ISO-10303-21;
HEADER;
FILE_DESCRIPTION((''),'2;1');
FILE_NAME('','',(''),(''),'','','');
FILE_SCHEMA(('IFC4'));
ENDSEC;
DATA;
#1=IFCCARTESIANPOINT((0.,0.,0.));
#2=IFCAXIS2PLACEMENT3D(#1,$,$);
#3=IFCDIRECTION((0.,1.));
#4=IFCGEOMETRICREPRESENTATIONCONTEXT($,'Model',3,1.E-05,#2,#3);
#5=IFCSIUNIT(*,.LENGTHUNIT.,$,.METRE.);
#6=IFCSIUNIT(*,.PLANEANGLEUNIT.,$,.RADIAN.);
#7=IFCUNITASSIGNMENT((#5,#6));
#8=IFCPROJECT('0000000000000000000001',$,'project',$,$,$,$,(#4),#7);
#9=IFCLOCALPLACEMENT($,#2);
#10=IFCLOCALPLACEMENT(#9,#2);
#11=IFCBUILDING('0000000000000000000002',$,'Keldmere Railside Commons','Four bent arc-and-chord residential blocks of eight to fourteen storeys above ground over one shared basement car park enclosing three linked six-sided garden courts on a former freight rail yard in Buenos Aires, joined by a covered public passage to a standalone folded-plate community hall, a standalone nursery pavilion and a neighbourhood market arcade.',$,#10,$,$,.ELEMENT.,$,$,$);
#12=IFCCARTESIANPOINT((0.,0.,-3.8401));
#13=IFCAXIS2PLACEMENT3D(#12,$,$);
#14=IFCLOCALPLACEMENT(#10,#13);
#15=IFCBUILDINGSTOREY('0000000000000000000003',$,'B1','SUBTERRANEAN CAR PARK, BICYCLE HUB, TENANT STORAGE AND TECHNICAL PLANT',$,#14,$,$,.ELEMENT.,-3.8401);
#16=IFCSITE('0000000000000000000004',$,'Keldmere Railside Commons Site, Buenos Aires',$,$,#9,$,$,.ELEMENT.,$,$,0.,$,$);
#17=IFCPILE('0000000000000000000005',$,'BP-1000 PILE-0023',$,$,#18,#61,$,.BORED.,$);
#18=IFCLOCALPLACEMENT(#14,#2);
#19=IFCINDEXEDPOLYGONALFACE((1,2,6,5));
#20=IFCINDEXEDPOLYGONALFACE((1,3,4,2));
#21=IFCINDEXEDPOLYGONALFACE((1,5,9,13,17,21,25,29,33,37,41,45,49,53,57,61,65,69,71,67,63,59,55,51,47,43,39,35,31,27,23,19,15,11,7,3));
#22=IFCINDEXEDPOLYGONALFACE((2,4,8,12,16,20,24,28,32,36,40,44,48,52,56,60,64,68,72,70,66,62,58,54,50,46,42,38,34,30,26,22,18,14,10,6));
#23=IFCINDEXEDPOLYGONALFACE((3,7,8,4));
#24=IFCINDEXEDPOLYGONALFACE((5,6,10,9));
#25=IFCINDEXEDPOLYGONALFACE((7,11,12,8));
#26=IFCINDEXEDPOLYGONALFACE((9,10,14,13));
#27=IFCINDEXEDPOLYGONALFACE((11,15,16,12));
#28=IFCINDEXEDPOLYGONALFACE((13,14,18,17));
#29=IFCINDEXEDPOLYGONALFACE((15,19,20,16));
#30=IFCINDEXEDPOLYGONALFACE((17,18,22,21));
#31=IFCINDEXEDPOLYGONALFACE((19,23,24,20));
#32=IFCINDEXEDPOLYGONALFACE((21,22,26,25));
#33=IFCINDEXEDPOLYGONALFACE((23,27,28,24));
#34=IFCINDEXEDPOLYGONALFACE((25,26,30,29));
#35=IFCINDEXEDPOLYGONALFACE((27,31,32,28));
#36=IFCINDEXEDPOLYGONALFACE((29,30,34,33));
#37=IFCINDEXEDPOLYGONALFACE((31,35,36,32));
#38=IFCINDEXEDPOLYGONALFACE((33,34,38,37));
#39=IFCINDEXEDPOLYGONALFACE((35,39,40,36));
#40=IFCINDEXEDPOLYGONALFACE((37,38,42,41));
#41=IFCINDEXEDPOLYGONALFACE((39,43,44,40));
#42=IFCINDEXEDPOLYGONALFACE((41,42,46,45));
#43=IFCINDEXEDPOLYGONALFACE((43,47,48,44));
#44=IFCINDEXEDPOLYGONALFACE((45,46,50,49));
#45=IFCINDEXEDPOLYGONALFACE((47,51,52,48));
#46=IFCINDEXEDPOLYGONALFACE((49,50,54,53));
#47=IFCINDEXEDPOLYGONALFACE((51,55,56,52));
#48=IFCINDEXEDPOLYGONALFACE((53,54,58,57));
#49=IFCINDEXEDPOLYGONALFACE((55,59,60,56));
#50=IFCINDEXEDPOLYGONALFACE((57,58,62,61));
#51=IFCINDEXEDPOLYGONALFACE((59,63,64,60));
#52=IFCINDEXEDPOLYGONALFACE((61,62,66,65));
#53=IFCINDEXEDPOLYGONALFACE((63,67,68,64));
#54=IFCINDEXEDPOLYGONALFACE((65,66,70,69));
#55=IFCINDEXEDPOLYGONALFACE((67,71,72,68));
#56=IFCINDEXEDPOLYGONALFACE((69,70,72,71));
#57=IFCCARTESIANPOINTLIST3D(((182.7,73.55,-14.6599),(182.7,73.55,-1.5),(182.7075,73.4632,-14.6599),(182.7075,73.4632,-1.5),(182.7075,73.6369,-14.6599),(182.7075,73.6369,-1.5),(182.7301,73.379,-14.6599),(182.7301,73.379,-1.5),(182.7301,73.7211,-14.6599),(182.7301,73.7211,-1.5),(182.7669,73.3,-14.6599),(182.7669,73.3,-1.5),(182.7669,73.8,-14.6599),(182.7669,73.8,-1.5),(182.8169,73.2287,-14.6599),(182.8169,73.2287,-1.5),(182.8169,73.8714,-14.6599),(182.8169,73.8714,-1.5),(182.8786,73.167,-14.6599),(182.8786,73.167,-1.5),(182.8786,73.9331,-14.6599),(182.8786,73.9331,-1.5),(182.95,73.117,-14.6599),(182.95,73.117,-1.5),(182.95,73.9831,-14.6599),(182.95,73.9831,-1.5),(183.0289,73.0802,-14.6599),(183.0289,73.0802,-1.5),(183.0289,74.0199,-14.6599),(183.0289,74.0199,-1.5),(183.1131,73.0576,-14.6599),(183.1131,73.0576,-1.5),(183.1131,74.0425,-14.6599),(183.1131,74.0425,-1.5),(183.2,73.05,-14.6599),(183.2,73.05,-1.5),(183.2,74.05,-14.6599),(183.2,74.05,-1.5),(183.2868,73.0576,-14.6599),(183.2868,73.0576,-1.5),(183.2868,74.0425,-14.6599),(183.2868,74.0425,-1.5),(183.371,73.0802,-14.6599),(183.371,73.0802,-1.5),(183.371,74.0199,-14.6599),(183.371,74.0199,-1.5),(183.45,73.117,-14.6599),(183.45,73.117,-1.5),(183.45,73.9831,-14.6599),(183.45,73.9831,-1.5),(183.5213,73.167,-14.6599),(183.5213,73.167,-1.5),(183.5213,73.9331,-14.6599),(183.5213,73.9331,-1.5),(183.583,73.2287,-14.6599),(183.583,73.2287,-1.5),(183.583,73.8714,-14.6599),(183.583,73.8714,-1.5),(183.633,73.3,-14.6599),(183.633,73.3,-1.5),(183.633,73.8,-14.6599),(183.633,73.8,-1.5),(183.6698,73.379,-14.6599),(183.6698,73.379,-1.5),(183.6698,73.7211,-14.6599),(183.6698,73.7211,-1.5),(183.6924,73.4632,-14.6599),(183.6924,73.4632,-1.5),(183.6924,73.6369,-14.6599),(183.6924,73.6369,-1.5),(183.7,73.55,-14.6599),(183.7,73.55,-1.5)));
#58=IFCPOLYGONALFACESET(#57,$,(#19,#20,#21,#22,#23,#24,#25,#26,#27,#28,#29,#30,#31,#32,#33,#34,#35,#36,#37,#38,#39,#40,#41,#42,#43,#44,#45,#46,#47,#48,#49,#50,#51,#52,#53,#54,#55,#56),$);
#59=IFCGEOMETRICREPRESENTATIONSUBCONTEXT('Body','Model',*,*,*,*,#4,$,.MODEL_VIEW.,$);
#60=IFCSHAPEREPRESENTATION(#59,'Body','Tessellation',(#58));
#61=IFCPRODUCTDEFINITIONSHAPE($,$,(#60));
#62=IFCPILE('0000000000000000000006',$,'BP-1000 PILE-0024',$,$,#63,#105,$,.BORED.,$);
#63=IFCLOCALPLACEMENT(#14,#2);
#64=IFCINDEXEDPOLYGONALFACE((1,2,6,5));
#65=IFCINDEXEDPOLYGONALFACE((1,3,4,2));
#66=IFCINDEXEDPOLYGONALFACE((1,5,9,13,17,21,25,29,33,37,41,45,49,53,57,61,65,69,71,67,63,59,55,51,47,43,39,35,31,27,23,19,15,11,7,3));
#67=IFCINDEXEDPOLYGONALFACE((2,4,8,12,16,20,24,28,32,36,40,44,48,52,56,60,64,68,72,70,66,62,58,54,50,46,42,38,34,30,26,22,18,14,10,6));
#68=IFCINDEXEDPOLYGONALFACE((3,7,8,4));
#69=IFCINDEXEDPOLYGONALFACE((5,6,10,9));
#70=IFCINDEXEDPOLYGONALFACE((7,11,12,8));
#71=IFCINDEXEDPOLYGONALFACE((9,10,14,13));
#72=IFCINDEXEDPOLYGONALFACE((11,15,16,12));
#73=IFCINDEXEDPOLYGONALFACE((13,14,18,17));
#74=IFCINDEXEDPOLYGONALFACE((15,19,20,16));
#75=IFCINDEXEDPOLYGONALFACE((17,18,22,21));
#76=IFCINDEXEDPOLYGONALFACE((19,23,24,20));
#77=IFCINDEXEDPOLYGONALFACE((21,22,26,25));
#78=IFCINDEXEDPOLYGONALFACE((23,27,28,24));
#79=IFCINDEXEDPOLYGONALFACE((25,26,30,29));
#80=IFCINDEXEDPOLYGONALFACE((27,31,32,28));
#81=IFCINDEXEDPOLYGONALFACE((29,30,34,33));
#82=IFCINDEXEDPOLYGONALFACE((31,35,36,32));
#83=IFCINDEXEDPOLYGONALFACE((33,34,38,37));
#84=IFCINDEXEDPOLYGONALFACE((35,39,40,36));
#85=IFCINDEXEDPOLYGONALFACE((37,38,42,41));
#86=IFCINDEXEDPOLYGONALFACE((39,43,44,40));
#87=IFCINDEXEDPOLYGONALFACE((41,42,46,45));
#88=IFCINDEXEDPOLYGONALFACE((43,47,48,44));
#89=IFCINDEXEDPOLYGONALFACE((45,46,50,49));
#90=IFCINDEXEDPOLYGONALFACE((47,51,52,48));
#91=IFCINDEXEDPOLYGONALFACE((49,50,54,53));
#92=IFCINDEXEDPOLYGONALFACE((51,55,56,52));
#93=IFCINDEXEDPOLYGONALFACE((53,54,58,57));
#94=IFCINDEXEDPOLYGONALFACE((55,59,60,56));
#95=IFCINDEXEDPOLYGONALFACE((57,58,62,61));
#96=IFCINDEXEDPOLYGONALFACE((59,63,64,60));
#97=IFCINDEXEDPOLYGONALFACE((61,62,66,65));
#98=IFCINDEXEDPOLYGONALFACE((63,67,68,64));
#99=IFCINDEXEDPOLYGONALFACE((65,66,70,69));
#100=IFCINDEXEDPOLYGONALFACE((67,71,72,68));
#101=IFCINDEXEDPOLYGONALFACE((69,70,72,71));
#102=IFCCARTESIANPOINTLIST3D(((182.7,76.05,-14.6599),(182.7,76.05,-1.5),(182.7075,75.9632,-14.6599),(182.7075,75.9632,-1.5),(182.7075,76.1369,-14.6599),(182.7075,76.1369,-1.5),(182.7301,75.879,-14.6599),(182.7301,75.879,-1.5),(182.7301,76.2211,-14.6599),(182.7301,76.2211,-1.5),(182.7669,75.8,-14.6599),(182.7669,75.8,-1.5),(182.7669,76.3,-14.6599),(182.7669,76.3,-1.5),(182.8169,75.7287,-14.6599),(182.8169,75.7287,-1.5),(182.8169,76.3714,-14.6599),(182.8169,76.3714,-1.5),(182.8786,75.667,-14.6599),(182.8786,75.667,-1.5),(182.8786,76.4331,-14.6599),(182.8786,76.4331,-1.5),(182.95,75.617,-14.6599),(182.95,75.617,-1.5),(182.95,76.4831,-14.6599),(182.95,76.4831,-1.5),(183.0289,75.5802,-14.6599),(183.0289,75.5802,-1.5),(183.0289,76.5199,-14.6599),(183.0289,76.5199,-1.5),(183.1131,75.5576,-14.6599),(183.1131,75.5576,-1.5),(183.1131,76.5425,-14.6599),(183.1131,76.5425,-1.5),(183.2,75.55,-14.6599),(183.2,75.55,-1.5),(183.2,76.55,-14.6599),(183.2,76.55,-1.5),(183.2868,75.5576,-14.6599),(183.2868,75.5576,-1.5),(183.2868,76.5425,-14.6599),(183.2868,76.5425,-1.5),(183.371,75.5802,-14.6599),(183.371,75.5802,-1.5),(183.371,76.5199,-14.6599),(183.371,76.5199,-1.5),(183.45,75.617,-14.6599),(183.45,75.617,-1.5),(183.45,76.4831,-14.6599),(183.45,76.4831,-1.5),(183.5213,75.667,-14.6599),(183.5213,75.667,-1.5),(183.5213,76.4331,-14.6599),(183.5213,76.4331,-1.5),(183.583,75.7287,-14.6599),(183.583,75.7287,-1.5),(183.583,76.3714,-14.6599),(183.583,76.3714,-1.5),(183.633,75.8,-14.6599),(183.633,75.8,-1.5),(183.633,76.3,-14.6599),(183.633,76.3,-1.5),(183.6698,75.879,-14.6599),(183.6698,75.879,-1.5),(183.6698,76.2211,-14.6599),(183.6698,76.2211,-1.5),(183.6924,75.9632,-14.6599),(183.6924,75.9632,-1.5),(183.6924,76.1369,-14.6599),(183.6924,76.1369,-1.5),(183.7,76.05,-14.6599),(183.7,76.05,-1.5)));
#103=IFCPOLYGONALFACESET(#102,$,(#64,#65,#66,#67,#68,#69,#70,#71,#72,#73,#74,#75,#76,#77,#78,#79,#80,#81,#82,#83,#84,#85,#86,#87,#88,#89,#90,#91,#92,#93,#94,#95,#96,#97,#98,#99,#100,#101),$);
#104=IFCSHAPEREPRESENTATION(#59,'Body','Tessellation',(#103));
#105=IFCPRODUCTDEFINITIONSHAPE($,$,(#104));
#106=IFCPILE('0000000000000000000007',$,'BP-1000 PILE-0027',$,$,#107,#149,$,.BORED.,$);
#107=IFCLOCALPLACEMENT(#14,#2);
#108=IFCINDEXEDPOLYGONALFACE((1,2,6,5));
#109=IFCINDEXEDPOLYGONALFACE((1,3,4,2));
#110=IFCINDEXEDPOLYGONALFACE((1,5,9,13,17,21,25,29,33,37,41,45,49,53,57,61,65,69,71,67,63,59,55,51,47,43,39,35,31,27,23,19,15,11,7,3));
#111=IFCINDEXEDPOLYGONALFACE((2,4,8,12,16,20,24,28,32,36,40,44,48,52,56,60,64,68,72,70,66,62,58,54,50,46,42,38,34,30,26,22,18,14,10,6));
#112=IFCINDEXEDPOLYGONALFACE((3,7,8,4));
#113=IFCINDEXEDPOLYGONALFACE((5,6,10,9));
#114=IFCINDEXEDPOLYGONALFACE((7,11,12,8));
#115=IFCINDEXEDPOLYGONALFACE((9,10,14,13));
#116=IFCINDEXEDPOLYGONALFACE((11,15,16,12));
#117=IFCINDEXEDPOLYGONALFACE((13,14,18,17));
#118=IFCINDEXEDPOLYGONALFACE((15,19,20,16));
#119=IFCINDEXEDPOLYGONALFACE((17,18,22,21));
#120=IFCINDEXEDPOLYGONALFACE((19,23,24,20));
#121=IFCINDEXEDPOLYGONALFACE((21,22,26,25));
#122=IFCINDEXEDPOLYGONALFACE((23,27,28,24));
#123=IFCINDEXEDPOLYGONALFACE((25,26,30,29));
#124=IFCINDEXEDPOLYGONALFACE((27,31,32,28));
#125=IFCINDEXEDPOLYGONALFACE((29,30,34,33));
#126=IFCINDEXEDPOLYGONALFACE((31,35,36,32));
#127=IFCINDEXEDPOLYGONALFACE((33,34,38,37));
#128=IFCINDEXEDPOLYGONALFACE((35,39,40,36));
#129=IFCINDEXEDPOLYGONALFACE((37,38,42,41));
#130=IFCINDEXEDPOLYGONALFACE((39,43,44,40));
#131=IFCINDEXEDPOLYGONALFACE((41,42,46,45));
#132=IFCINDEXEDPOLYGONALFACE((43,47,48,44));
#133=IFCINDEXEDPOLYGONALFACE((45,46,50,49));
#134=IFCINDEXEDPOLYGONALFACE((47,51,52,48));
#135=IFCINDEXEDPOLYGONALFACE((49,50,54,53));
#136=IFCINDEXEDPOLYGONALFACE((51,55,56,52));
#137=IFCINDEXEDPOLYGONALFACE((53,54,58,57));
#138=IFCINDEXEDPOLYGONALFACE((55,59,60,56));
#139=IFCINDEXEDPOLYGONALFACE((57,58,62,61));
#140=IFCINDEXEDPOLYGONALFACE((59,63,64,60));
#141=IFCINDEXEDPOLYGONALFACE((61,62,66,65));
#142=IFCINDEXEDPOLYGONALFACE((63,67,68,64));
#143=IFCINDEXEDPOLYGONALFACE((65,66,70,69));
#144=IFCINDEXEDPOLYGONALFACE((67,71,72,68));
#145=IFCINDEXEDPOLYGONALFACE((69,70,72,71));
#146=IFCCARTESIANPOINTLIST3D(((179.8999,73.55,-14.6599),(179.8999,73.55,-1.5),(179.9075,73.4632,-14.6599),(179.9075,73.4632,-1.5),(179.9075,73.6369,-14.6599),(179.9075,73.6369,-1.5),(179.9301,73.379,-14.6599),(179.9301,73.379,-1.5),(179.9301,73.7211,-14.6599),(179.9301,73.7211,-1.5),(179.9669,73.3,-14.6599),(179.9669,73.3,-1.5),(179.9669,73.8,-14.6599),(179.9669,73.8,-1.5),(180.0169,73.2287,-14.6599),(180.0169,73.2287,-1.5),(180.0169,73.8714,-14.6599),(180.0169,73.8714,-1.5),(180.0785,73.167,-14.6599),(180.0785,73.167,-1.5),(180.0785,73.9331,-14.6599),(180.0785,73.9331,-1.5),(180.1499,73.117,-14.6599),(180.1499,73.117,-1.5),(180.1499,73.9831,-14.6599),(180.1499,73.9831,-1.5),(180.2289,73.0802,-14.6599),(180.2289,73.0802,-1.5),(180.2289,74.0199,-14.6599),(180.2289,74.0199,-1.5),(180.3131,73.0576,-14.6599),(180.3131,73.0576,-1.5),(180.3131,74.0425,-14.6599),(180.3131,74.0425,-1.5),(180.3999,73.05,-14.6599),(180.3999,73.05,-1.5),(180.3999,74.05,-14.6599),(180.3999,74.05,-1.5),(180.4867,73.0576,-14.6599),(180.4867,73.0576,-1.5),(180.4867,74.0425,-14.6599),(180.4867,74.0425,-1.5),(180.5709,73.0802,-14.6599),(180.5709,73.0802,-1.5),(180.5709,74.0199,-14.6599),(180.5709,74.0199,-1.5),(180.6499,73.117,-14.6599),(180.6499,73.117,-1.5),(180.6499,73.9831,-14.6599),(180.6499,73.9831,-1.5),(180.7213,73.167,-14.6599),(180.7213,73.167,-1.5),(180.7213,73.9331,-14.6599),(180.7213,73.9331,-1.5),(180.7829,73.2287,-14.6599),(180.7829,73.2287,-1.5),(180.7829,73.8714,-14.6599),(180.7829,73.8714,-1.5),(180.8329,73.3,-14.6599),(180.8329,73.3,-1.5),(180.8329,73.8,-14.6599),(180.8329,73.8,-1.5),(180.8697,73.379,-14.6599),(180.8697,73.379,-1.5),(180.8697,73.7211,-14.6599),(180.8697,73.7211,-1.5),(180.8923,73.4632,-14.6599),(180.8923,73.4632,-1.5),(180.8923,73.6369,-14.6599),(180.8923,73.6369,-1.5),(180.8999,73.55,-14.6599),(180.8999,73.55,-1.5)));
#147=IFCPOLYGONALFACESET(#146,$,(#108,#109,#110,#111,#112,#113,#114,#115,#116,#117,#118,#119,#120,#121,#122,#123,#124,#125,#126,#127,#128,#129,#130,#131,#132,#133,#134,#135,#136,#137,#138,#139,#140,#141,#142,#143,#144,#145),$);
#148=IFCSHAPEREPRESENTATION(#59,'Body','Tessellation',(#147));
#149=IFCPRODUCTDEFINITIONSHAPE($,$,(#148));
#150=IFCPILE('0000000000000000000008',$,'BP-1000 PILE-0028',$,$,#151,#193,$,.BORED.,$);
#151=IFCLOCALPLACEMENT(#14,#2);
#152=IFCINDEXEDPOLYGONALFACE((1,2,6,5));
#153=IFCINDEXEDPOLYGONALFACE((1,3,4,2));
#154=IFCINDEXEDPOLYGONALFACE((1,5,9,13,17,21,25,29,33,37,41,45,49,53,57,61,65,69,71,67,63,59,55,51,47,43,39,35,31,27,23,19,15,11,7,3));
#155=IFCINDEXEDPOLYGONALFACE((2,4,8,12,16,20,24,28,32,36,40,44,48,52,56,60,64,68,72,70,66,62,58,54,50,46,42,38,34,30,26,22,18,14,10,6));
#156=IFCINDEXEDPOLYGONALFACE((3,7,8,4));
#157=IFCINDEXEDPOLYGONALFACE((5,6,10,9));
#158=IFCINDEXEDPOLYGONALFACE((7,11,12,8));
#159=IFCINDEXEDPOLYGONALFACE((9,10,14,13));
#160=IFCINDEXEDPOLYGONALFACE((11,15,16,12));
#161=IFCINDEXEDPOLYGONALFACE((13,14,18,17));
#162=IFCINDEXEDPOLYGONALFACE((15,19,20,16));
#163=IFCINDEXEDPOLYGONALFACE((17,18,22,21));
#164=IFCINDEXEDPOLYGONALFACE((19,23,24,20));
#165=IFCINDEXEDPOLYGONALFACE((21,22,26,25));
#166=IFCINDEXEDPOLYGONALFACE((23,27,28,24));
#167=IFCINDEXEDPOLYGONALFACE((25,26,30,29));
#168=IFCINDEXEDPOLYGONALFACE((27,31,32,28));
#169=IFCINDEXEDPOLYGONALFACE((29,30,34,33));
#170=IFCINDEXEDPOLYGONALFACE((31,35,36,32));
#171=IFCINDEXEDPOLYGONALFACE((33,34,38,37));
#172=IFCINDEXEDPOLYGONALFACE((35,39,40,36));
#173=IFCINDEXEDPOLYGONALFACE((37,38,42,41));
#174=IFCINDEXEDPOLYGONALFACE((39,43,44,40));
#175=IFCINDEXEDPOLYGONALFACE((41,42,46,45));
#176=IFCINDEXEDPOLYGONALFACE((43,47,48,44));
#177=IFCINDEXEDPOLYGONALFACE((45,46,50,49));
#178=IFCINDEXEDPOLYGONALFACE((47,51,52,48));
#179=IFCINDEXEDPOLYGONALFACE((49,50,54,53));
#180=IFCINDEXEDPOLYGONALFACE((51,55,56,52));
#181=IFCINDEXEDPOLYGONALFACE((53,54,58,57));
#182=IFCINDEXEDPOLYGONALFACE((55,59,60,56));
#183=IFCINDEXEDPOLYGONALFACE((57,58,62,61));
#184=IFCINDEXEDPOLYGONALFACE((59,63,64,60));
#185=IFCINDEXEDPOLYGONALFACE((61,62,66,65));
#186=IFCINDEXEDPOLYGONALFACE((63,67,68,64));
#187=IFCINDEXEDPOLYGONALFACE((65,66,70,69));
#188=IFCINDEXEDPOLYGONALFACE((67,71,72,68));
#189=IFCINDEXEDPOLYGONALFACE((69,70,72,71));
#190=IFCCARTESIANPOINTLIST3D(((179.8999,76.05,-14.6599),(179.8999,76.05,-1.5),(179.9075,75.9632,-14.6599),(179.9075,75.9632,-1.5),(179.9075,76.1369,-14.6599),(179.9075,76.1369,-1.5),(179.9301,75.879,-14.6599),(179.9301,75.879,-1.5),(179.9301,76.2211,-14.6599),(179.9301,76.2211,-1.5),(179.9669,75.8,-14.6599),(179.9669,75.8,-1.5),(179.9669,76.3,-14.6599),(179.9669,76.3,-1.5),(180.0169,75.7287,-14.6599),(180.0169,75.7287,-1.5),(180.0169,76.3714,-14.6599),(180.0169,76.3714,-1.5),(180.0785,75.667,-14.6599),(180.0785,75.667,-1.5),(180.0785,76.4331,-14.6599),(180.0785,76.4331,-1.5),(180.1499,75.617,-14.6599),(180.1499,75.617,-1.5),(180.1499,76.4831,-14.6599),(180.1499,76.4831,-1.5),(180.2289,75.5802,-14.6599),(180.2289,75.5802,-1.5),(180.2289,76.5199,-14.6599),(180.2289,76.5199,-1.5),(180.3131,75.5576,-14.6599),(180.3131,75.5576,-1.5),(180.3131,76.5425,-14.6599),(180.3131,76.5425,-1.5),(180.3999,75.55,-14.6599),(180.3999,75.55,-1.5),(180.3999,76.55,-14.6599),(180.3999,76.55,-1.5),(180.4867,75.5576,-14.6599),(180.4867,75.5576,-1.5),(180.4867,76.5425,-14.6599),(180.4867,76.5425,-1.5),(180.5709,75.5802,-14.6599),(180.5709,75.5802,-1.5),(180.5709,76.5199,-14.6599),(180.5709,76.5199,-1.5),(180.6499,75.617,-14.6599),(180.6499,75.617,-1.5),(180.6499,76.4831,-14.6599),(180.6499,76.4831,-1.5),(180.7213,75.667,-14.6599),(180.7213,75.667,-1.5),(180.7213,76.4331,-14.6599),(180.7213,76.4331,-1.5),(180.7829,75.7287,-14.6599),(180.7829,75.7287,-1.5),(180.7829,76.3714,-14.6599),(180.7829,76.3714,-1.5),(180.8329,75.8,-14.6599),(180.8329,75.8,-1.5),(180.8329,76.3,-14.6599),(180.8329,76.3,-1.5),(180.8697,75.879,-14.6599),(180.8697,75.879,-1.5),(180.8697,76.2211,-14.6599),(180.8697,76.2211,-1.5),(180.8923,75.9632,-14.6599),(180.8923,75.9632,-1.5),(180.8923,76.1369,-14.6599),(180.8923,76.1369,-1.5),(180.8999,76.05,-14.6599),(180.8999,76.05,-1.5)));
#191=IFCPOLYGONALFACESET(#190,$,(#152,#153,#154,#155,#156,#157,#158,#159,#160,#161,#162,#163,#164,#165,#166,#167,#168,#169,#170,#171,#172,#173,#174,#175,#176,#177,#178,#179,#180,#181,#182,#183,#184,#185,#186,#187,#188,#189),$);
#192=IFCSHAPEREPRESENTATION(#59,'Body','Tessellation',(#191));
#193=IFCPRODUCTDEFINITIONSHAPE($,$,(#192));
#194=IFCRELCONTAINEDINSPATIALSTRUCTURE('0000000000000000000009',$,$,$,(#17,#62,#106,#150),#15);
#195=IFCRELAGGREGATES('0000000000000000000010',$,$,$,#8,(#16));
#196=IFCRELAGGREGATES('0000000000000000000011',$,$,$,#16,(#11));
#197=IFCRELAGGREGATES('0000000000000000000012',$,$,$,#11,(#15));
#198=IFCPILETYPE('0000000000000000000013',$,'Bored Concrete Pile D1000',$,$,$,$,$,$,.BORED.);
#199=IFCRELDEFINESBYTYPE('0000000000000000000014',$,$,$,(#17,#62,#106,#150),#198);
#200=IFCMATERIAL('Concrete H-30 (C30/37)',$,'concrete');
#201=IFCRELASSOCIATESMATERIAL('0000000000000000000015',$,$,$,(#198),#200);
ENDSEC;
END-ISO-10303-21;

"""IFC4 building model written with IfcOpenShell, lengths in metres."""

from ifc_helpers import new_model, si_unit, direction, frame, origin, origin_2d, place, context, subcontext, project, spatial, circle, extrude, material, material_profile, profile_set, type_object, element, save


model = new_model("IFC4")

# Units and contexts
model_context = context("Model", 3, precision=1e-05, world=origin(), true_north=direction((0.0, 1.0)))
body_context = subcontext(model_context, "Body", "Model", "MODEL_VIEW")
ifc_project = project(units=[si_unit("LENGTHUNIT", "METRE"), si_unit("PLANEANGLEUNIT", "RADIAN")], contexts=[model_context])

# Site, building, storey
site_placement = place(None, origin())
site = spatial("IfcSite", under=ifc_project, at=site_placement, Name="Keldmere Railside Commons Site, Buenos Aires", CompositionType="ELEMENT", RefElevation=0.0)
building_placement = place(site_placement, origin())
building = spatial("IfcBuilding", under=site, at=building_placement, Name="Keldmere Railside Commons", Description="Four bent arc-and-chord residential blocks of eight to fourteen storeys above ground over one shared basement car park enclosing three linked six-sided garden courts on a former freight rail yard in Buenos Aires, joined by a covered public passage to a standalone folded-plate community hall, a standalone nursery pavilion and a neighbourhood market arcade.", CompositionType="ELEMENT")
storey_placement = place(building_placement, frame((0.0, 0.0, -3.8401)))
storey = spatial("IfcBuildingStorey", under=building, at=storey_placement, Name="B1", Description="SUBTERRANEAN CAR PARK, BICYCLE HUB, TENANT STORAGE AND TECHNICAL PLANT", CompositionType="ELEMENT", Elevation=-3.8401)

# Piles
ifc_material_1 = material(Name="Concrete H-30 (C30/37)", Category="concrete")
ifc_material_profile_1 = material_profile(ifc_material_1, circle(Radius=0.5, at=origin_2d()), Name="PILE-D1000")
ifc_profile_set_1 = profile_set([ifc_material_profile_1], Name="Concrete H-30 (C30/37)")
pile_type = type_object("IfcPileType", Name="Bored Concrete Pile D1000", PredefinedType="BORED", material=ifc_profile_set_1)
for number, where, z_axis, x_axis, name in (
    (1, (183.2, 73.55, -1.5), (0.0, 0.0, -1.0), (1.0, 0.0, 0.0), "BP-1000 PILE-0023"),
    (2, (183.2, 76.05, -1.5), (0.0, 0.0, -1.0), (1.0, 0.0, 0.0), "BP-1000 PILE-0024"),
    (3, (180.3999, 73.55, -1.5), (0.0, 0.0, -1.0), (1.0, 0.0, 0.0), "BP-1000 PILE-0027"),
    (4, (180.3999, 76.05, -1.5), (0.0, 0.0, -1.0), (1.0, 0.0, 0.0), "BP-1000 PILE-0028"),
):
    element("IfcPile", number, at=place(storey_placement, frame(where, z_axis=z_axis, x_axis=x_axis)), inside=storey, type_object=pile_type, Name=name, PredefinedType="BORED", context=body_context, shape_type="SweptSolid", body=[
        extrude(circle(Radius=0.5, at=origin_2d()), origin(), (0.0, 0.0, 1.0), 13.1599),
    ])

save(model, "model.ifc")
